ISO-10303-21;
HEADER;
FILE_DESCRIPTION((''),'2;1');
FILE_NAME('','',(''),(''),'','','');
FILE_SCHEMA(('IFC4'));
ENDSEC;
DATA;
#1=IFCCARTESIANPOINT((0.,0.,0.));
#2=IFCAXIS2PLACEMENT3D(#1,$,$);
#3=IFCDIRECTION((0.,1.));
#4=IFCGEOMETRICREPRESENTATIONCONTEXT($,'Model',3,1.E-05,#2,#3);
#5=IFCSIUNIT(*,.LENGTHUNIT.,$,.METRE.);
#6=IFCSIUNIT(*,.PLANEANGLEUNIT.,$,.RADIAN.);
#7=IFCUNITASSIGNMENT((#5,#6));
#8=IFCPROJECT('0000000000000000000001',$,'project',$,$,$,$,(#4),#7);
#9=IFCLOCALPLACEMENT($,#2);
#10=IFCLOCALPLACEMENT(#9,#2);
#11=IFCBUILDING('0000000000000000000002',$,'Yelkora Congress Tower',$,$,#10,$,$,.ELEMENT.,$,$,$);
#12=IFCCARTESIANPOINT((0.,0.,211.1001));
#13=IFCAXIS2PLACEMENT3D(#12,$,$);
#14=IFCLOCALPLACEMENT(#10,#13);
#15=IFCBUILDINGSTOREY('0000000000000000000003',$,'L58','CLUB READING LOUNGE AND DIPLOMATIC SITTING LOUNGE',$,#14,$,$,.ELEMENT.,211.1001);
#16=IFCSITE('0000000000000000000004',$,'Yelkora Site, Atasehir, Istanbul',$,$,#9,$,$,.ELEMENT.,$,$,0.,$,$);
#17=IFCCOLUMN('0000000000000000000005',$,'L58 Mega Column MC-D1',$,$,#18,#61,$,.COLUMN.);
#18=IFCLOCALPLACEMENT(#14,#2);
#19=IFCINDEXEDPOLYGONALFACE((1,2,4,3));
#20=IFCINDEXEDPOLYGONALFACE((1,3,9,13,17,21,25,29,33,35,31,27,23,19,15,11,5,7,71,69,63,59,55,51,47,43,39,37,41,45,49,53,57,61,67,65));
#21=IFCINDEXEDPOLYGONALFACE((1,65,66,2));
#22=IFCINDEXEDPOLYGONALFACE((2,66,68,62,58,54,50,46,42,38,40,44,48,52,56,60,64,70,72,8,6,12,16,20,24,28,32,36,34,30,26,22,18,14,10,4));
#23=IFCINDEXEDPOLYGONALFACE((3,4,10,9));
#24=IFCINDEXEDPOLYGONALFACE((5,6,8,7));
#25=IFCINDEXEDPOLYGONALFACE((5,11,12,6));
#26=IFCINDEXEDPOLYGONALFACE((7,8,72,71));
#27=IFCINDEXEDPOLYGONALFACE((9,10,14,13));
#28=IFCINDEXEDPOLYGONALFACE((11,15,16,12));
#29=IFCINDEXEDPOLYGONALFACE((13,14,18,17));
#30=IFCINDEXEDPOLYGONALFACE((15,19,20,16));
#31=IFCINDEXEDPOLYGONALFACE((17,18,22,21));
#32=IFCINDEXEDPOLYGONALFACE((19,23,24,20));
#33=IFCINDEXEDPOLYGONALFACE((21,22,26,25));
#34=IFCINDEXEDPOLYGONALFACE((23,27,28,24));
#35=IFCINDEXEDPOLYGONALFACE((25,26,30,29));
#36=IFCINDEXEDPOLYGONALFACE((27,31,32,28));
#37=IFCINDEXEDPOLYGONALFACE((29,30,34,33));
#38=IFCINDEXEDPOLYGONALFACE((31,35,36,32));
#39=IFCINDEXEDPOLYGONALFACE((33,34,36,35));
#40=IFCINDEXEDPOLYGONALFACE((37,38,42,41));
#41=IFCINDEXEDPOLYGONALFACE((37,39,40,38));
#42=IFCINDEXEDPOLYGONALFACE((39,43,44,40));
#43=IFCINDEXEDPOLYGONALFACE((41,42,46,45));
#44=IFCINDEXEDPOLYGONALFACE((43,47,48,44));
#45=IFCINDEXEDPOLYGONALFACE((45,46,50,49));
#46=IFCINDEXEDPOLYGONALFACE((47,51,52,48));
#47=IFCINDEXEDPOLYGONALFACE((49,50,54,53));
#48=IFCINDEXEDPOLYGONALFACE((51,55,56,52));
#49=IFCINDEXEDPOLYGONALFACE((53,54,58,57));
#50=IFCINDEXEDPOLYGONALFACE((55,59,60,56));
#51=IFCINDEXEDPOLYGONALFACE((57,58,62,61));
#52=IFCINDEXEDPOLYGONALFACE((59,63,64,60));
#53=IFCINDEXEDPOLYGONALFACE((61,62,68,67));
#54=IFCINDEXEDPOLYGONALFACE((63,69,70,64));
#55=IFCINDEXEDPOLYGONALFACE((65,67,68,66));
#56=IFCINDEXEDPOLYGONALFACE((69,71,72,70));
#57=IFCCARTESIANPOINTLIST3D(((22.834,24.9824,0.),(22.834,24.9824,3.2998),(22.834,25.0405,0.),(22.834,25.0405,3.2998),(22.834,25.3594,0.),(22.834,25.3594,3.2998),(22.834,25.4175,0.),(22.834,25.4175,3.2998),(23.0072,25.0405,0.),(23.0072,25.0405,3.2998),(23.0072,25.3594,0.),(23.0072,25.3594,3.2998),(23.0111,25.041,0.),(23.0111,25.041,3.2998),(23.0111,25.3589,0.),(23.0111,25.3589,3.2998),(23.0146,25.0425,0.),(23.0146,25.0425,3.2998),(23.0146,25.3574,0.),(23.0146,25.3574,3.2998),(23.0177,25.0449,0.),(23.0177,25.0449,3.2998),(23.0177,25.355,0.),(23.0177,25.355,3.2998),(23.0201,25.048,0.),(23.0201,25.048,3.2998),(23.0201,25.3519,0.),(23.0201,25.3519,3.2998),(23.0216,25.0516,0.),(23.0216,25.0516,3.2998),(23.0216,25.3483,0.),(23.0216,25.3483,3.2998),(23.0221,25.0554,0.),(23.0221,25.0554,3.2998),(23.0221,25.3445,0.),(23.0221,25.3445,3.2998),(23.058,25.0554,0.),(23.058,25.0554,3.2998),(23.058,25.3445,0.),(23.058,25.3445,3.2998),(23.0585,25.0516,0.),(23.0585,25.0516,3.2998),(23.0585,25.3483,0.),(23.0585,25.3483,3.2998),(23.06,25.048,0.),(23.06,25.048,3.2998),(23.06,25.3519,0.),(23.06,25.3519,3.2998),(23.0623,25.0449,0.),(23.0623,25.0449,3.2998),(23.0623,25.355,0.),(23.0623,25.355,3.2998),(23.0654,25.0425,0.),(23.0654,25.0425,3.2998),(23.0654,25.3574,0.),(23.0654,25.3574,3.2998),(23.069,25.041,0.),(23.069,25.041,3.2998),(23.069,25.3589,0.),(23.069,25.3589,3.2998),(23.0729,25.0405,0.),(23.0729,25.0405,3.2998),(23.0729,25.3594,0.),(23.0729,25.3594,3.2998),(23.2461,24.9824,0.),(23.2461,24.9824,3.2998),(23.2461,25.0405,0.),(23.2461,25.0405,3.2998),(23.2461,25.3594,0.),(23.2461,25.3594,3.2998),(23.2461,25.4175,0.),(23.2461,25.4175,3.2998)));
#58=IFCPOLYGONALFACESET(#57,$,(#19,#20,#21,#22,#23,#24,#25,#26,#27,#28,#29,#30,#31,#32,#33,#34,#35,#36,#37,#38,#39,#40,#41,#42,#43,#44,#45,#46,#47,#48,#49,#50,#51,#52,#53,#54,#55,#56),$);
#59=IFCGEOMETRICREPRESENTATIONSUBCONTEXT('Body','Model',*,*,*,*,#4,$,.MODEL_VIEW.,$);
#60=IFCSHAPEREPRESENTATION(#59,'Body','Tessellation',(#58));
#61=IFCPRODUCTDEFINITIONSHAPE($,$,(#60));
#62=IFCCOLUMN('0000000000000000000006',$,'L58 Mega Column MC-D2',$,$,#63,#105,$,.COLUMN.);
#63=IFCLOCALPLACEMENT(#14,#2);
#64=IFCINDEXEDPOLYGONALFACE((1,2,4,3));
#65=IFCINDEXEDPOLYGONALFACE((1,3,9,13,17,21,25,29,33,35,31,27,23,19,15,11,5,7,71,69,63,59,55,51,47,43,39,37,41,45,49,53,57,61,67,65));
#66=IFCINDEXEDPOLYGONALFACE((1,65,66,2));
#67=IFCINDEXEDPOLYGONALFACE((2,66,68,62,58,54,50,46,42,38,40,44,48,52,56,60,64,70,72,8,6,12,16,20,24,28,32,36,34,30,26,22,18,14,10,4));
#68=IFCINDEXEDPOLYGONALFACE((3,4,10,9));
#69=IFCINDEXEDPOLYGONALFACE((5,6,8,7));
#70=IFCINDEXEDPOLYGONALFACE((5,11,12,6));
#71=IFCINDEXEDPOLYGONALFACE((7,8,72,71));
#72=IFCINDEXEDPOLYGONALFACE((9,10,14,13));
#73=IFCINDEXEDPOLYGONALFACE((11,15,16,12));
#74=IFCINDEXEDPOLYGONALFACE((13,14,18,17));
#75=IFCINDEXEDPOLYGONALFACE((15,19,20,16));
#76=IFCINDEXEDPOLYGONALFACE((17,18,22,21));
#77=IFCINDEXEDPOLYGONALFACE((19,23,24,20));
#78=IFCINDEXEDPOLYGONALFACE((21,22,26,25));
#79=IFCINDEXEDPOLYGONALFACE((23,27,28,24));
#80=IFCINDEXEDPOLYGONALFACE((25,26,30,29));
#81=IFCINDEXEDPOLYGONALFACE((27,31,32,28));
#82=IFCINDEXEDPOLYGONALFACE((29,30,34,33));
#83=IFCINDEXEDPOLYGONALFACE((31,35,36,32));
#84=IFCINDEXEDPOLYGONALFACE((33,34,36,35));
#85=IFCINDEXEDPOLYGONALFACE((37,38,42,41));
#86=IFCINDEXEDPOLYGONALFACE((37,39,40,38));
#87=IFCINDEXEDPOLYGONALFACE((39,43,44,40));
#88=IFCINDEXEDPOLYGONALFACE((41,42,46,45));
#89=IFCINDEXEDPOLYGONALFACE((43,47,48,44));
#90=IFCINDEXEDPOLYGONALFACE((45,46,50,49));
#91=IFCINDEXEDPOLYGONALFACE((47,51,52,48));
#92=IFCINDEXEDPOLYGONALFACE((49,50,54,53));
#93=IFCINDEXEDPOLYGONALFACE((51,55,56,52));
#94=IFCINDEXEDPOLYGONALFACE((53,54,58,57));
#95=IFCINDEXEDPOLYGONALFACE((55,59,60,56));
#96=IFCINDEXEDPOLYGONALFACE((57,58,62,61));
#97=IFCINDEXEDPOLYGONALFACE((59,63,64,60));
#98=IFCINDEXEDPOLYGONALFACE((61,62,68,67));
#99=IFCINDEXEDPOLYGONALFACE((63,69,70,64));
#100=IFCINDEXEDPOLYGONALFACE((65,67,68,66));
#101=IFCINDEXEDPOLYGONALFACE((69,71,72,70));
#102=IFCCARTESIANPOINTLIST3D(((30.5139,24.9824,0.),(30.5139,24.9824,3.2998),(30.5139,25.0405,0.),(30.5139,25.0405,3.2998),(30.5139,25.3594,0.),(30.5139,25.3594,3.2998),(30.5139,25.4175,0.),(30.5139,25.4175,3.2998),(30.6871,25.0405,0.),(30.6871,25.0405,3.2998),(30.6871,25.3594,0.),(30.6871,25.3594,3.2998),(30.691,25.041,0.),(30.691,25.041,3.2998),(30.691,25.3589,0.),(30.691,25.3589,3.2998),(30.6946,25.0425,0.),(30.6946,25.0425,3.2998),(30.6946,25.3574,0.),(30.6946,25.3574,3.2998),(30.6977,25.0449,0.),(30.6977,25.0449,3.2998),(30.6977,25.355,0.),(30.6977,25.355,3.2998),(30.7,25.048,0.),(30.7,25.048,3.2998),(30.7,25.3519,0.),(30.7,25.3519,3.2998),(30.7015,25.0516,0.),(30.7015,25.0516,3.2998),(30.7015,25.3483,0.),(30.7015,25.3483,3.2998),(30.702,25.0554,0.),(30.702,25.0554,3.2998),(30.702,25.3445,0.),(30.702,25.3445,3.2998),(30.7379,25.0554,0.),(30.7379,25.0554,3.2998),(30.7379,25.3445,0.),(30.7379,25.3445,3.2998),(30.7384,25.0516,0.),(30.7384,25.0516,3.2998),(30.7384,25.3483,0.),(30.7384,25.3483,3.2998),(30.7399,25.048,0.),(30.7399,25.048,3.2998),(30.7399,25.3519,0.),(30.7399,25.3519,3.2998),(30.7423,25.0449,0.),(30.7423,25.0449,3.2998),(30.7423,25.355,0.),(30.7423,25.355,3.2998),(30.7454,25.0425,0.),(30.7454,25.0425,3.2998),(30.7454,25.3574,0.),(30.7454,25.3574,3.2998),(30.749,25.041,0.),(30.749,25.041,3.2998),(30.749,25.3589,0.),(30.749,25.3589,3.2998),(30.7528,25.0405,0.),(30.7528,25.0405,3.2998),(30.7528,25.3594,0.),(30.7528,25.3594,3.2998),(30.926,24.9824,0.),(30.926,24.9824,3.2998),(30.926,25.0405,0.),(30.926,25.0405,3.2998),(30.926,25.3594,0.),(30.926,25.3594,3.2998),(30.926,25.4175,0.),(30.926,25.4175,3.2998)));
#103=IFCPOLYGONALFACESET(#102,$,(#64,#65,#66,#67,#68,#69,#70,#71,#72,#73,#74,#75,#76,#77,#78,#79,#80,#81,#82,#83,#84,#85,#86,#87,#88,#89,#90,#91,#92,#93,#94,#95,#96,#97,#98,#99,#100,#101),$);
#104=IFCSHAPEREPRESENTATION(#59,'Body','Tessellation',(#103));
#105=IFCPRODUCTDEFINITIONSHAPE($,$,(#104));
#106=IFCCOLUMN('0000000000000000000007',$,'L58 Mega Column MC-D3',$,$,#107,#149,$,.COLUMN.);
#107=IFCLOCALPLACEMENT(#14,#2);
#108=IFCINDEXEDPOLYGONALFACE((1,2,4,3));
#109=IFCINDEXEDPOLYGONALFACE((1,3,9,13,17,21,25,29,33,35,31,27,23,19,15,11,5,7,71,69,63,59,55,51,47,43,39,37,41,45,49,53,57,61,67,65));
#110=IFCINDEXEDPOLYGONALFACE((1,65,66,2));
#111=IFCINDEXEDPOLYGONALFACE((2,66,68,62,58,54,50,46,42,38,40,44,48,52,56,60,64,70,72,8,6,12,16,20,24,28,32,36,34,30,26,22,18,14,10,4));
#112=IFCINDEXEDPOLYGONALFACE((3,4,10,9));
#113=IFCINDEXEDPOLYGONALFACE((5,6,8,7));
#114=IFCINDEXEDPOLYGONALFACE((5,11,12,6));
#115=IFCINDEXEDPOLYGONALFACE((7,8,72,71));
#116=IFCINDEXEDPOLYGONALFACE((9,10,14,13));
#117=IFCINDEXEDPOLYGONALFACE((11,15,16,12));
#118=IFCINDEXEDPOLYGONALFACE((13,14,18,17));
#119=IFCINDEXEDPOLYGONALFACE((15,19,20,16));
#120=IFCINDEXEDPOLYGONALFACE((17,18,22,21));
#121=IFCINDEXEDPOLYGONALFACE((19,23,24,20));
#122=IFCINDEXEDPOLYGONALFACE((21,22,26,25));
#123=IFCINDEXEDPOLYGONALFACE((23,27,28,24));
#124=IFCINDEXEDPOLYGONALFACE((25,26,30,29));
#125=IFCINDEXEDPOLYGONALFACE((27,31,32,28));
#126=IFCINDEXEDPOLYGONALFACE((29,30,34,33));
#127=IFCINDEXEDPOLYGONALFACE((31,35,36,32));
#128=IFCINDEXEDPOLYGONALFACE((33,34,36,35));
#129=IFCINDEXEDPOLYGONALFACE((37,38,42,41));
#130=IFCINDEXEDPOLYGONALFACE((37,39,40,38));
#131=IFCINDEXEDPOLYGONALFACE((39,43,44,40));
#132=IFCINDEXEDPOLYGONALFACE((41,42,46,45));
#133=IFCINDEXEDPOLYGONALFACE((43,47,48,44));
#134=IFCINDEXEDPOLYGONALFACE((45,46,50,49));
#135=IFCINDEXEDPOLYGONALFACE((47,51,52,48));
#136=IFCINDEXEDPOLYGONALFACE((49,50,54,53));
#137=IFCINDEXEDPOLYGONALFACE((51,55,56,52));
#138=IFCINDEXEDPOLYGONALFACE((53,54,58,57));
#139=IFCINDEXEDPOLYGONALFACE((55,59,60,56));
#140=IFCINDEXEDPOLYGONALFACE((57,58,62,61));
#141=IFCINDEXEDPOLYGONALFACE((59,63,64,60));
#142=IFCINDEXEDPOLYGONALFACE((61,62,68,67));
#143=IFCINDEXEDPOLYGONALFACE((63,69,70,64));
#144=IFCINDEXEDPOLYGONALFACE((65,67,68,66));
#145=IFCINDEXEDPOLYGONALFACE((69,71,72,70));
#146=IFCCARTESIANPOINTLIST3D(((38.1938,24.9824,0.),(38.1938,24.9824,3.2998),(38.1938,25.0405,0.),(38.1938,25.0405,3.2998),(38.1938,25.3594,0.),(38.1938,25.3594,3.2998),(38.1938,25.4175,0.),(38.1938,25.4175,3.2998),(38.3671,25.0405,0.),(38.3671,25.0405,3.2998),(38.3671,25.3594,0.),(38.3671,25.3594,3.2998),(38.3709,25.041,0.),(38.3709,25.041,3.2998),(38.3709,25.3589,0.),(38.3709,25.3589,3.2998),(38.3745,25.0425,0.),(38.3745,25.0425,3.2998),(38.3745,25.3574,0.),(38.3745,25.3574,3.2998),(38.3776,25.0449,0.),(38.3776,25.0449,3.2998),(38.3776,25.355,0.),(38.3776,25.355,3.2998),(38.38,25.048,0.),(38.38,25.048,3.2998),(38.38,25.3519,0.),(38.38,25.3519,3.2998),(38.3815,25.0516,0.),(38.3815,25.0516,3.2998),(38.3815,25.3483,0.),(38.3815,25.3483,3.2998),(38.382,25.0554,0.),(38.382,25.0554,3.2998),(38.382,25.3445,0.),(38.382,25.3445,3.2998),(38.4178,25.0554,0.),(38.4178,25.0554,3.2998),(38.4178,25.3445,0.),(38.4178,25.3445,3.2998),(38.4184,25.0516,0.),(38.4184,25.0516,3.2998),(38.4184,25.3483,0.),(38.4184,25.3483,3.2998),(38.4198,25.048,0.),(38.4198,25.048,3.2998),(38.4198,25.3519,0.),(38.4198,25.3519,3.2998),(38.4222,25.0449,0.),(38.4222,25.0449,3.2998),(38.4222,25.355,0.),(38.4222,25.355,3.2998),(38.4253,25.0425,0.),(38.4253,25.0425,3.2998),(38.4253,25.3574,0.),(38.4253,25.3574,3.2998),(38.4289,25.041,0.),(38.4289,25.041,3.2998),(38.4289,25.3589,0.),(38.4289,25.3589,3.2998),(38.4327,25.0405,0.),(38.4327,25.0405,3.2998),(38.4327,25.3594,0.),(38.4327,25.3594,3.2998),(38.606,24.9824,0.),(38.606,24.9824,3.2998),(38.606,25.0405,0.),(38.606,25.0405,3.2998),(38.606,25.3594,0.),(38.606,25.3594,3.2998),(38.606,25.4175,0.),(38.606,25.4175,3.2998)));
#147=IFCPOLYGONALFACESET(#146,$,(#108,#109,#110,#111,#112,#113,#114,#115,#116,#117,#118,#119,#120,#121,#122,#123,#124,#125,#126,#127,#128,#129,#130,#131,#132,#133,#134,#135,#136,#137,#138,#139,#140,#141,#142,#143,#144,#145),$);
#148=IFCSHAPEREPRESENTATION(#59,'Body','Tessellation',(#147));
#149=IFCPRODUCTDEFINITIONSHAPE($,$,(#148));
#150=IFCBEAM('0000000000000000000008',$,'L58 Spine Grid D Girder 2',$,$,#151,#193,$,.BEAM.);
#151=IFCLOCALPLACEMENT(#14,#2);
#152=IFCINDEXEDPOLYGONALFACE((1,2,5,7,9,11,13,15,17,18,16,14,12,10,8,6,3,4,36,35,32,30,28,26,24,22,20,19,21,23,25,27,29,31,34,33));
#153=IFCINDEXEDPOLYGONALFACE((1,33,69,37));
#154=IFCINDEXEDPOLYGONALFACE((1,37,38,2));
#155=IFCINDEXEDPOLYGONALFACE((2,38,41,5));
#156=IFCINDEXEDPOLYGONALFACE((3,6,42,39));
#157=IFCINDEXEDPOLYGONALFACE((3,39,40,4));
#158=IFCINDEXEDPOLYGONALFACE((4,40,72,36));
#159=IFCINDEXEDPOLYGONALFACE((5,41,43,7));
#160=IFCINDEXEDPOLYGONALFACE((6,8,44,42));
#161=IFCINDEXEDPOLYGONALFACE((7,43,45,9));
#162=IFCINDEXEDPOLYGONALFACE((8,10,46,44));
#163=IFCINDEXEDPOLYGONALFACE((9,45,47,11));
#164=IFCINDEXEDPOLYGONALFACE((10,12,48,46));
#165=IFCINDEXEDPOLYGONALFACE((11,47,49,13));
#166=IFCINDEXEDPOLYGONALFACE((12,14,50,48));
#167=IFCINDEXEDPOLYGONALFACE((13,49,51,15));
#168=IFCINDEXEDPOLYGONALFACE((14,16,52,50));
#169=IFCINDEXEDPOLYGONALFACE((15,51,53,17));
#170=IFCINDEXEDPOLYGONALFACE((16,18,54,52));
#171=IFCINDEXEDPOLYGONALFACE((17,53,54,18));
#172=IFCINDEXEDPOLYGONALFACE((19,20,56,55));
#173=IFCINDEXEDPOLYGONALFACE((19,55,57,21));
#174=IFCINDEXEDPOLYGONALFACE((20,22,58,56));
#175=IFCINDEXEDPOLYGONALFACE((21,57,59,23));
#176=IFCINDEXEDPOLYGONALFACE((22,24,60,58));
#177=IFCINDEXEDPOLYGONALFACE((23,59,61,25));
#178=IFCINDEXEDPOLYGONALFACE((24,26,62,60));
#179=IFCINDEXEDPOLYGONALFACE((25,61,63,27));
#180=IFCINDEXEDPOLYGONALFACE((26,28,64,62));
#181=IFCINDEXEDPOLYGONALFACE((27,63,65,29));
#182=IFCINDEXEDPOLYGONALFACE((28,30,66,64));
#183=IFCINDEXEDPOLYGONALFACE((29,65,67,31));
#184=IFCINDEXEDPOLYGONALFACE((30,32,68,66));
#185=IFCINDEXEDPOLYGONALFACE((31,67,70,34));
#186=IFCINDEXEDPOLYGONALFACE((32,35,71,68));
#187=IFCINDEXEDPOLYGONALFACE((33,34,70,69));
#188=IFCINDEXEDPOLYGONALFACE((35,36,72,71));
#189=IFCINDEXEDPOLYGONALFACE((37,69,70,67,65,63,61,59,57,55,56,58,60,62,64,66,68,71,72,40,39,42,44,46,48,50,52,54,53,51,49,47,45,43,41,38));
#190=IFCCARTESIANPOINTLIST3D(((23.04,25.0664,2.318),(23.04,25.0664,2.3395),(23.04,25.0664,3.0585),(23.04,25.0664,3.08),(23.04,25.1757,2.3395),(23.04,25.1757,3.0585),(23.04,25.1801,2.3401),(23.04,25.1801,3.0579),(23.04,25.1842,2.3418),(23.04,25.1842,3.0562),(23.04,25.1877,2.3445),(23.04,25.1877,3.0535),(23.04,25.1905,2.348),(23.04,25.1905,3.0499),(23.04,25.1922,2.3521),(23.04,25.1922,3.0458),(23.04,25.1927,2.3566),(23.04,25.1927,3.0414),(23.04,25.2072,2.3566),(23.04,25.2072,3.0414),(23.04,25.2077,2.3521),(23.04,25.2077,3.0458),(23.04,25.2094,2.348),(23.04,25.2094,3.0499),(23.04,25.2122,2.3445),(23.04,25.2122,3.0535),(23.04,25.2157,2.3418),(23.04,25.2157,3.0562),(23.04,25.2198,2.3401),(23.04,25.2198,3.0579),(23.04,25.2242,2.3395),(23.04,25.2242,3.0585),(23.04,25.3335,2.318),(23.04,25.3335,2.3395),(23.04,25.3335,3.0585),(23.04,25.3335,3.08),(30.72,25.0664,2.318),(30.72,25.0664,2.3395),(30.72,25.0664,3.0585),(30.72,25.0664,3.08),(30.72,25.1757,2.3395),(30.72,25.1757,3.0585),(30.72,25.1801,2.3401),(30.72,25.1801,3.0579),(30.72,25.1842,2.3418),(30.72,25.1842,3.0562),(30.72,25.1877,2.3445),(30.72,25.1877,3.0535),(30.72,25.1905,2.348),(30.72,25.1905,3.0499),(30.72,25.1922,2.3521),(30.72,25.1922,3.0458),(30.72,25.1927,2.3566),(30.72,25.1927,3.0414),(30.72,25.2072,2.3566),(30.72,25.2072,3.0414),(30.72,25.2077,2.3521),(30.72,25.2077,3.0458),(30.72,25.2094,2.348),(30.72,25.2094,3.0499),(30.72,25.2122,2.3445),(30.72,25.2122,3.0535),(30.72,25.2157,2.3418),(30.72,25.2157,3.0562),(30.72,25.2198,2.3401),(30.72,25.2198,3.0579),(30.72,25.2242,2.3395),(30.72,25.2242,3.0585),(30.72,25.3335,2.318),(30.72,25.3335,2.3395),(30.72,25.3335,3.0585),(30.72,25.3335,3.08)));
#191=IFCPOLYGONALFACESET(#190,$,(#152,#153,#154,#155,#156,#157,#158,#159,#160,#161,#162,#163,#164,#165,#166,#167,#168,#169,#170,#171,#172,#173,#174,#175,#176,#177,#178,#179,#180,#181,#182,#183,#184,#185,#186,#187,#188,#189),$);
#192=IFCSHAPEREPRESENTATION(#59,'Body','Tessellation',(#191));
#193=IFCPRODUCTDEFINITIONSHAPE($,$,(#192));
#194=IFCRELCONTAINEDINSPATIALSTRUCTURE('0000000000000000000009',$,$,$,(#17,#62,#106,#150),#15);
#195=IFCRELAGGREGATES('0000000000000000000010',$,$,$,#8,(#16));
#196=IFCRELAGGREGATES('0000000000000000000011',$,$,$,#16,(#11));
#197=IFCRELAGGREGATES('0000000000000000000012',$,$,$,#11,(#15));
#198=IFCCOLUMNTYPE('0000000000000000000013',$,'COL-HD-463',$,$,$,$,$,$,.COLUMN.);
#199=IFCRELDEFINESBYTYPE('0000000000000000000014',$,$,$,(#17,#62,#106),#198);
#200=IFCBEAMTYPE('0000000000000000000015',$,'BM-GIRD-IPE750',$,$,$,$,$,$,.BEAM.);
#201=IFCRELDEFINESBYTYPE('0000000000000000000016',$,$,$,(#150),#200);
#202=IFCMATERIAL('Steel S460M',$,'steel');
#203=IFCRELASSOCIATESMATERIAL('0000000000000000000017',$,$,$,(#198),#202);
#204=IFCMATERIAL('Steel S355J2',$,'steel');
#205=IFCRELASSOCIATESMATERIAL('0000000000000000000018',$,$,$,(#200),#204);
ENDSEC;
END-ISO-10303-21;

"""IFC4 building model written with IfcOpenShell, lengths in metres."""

from ifc_helpers import new_model, si_unit, direction, frame, origin, origin_2d, place, context, subcontext, project, spatial, i_section, extrude, material, material_profile, profile_set, type_object, element, save


model = new_model("IFC4")

# Units and contexts
model_context = context("Model", 3, precision=1e-05, world=origin(), true_north=direction((0.0, 1.0)))
body_context = subcontext(model_context, "Body", "Model", "MODEL_VIEW")
ifc_project = project(units=[si_unit("LENGTHUNIT", "METRE"), si_unit("PLANEANGLEUNIT", "RADIAN")], contexts=[model_context])

# Site, building, storey
site_placement = place(None, origin())
site = spatial("IfcSite", under=ifc_project, at=site_placement, Name="Yelkora Site, Atasehir, Istanbul", CompositionType="ELEMENT", RefElevation=0.0)
building_placement = place(site_placement, origin())
building = spatial("IfcBuilding", under=site, at=building_placement, Name="Yelkora Congress Tower", CompositionType="ELEMENT")
storey_placement = place(building_placement, frame((0.0, 0.0, 211.1001)))
storey = spatial("IfcBuildingStorey", under=building, at=storey_placement, Name="L58", Description="CLUB READING LOUNGE AND DIPLOMATIC SITTING LOUNGE", CompositionType="ELEMENT", Elevation=211.1001)

# Columns
ifc_material_1 = material(Name="Steel S460M", Category="steel")
ifc_material_profile_1 = material_profile(ifc_material_1, i_section(OverallWidth=0.4121, OverallDepth=0.4351, WebThickness=0.0359, FlangeThickness=0.0581, FilletRadius=0.0149, at=origin_2d()), Name="HD 400x463")
ifc_profile_set_1 = profile_set([ifc_material_profile_1], Name="Steel S460M")
column_type = type_object("IfcColumnType", Name="COL-HD-463", PredefinedType="COLUMN", material=ifc_profile_set_1)
for number, where, z_axis, x_axis, name in (
    (1, (23.04, 25.2, 0.0), (0.0, 0.0, 1.0), (1.0, 0.0, 0.0), "L58 Mega Column MC-D1"),
    (2, (30.72, 25.2, 0.0), (0.0, 0.0, 1.0), (1.0, 0.0, 0.0), "L58 Mega Column MC-D2"),
    (3, (38.3999, 25.2, 0.0), (0.0, 0.0, 1.0), (1.0, 0.0, 0.0), "L58 Mega Column MC-D3"),
):
    element("IfcColumn", number, at=place(storey_placement, frame(where, z_axis=z_axis, x_axis=x_axis)), inside=storey, type_object=column_type, Name=name, PredefinedType="COLUMN", context=body_context, shape_type="SweptSolid", body=[
        extrude(i_section(OverallWidth=0.4121, OverallDepth=0.4351, WebThickness=0.0359, FlangeThickness=0.0581, FilletRadius=0.0149, at=origin_2d()), origin(), (0.0, 0.0, 1.0), 3.2998),
    ])

# Beam
ifc_material_2 = material(Name="Steel S355J2", Category="steel")
ifc_material_profile_2 = material_profile(ifc_material_2, i_section(OverallWidth=0.2671, OverallDepth=0.762, WebThickness=0.0144, FlangeThickness=0.0215, FilletRadius=0.0171, at=origin_2d()), Name="IPE 750x173")
ifc_profile_set_2 = profile_set([ifc_material_profile_2], Name="Steel S355J2")
beam_type_1 = type_object("IfcBeamType", Name="BM-GIRD-IPE750", PredefinedType="BEAM", material=ifc_profile_set_2)
for number, where, z_axis, x_axis, name in (
    (4, (23.04, 25.2, 2.699), (1.0, 0.0, 0.0), (0.0, 1.0, 0.0), "L58 Spine Grid D Girder 2"),
):
    element("IfcBeam", number, at=place(storey_placement, frame(where, z_axis=z_axis, x_axis=x_axis)), inside=storey, type_object=beam_type_1, Name=name, PredefinedType="BEAM", context=body_context, shape_type="SweptSolid", body=[
        extrude(i_section(OverallWidth=0.2671, OverallDepth=0.762, WebThickness=0.0144, FlangeThickness=0.0215, FilletRadius=0.0171, at=origin_2d()), origin(), (0.0, 0.0, 1.0), 7.6799),
    ])

save(model, "model.ifc")
